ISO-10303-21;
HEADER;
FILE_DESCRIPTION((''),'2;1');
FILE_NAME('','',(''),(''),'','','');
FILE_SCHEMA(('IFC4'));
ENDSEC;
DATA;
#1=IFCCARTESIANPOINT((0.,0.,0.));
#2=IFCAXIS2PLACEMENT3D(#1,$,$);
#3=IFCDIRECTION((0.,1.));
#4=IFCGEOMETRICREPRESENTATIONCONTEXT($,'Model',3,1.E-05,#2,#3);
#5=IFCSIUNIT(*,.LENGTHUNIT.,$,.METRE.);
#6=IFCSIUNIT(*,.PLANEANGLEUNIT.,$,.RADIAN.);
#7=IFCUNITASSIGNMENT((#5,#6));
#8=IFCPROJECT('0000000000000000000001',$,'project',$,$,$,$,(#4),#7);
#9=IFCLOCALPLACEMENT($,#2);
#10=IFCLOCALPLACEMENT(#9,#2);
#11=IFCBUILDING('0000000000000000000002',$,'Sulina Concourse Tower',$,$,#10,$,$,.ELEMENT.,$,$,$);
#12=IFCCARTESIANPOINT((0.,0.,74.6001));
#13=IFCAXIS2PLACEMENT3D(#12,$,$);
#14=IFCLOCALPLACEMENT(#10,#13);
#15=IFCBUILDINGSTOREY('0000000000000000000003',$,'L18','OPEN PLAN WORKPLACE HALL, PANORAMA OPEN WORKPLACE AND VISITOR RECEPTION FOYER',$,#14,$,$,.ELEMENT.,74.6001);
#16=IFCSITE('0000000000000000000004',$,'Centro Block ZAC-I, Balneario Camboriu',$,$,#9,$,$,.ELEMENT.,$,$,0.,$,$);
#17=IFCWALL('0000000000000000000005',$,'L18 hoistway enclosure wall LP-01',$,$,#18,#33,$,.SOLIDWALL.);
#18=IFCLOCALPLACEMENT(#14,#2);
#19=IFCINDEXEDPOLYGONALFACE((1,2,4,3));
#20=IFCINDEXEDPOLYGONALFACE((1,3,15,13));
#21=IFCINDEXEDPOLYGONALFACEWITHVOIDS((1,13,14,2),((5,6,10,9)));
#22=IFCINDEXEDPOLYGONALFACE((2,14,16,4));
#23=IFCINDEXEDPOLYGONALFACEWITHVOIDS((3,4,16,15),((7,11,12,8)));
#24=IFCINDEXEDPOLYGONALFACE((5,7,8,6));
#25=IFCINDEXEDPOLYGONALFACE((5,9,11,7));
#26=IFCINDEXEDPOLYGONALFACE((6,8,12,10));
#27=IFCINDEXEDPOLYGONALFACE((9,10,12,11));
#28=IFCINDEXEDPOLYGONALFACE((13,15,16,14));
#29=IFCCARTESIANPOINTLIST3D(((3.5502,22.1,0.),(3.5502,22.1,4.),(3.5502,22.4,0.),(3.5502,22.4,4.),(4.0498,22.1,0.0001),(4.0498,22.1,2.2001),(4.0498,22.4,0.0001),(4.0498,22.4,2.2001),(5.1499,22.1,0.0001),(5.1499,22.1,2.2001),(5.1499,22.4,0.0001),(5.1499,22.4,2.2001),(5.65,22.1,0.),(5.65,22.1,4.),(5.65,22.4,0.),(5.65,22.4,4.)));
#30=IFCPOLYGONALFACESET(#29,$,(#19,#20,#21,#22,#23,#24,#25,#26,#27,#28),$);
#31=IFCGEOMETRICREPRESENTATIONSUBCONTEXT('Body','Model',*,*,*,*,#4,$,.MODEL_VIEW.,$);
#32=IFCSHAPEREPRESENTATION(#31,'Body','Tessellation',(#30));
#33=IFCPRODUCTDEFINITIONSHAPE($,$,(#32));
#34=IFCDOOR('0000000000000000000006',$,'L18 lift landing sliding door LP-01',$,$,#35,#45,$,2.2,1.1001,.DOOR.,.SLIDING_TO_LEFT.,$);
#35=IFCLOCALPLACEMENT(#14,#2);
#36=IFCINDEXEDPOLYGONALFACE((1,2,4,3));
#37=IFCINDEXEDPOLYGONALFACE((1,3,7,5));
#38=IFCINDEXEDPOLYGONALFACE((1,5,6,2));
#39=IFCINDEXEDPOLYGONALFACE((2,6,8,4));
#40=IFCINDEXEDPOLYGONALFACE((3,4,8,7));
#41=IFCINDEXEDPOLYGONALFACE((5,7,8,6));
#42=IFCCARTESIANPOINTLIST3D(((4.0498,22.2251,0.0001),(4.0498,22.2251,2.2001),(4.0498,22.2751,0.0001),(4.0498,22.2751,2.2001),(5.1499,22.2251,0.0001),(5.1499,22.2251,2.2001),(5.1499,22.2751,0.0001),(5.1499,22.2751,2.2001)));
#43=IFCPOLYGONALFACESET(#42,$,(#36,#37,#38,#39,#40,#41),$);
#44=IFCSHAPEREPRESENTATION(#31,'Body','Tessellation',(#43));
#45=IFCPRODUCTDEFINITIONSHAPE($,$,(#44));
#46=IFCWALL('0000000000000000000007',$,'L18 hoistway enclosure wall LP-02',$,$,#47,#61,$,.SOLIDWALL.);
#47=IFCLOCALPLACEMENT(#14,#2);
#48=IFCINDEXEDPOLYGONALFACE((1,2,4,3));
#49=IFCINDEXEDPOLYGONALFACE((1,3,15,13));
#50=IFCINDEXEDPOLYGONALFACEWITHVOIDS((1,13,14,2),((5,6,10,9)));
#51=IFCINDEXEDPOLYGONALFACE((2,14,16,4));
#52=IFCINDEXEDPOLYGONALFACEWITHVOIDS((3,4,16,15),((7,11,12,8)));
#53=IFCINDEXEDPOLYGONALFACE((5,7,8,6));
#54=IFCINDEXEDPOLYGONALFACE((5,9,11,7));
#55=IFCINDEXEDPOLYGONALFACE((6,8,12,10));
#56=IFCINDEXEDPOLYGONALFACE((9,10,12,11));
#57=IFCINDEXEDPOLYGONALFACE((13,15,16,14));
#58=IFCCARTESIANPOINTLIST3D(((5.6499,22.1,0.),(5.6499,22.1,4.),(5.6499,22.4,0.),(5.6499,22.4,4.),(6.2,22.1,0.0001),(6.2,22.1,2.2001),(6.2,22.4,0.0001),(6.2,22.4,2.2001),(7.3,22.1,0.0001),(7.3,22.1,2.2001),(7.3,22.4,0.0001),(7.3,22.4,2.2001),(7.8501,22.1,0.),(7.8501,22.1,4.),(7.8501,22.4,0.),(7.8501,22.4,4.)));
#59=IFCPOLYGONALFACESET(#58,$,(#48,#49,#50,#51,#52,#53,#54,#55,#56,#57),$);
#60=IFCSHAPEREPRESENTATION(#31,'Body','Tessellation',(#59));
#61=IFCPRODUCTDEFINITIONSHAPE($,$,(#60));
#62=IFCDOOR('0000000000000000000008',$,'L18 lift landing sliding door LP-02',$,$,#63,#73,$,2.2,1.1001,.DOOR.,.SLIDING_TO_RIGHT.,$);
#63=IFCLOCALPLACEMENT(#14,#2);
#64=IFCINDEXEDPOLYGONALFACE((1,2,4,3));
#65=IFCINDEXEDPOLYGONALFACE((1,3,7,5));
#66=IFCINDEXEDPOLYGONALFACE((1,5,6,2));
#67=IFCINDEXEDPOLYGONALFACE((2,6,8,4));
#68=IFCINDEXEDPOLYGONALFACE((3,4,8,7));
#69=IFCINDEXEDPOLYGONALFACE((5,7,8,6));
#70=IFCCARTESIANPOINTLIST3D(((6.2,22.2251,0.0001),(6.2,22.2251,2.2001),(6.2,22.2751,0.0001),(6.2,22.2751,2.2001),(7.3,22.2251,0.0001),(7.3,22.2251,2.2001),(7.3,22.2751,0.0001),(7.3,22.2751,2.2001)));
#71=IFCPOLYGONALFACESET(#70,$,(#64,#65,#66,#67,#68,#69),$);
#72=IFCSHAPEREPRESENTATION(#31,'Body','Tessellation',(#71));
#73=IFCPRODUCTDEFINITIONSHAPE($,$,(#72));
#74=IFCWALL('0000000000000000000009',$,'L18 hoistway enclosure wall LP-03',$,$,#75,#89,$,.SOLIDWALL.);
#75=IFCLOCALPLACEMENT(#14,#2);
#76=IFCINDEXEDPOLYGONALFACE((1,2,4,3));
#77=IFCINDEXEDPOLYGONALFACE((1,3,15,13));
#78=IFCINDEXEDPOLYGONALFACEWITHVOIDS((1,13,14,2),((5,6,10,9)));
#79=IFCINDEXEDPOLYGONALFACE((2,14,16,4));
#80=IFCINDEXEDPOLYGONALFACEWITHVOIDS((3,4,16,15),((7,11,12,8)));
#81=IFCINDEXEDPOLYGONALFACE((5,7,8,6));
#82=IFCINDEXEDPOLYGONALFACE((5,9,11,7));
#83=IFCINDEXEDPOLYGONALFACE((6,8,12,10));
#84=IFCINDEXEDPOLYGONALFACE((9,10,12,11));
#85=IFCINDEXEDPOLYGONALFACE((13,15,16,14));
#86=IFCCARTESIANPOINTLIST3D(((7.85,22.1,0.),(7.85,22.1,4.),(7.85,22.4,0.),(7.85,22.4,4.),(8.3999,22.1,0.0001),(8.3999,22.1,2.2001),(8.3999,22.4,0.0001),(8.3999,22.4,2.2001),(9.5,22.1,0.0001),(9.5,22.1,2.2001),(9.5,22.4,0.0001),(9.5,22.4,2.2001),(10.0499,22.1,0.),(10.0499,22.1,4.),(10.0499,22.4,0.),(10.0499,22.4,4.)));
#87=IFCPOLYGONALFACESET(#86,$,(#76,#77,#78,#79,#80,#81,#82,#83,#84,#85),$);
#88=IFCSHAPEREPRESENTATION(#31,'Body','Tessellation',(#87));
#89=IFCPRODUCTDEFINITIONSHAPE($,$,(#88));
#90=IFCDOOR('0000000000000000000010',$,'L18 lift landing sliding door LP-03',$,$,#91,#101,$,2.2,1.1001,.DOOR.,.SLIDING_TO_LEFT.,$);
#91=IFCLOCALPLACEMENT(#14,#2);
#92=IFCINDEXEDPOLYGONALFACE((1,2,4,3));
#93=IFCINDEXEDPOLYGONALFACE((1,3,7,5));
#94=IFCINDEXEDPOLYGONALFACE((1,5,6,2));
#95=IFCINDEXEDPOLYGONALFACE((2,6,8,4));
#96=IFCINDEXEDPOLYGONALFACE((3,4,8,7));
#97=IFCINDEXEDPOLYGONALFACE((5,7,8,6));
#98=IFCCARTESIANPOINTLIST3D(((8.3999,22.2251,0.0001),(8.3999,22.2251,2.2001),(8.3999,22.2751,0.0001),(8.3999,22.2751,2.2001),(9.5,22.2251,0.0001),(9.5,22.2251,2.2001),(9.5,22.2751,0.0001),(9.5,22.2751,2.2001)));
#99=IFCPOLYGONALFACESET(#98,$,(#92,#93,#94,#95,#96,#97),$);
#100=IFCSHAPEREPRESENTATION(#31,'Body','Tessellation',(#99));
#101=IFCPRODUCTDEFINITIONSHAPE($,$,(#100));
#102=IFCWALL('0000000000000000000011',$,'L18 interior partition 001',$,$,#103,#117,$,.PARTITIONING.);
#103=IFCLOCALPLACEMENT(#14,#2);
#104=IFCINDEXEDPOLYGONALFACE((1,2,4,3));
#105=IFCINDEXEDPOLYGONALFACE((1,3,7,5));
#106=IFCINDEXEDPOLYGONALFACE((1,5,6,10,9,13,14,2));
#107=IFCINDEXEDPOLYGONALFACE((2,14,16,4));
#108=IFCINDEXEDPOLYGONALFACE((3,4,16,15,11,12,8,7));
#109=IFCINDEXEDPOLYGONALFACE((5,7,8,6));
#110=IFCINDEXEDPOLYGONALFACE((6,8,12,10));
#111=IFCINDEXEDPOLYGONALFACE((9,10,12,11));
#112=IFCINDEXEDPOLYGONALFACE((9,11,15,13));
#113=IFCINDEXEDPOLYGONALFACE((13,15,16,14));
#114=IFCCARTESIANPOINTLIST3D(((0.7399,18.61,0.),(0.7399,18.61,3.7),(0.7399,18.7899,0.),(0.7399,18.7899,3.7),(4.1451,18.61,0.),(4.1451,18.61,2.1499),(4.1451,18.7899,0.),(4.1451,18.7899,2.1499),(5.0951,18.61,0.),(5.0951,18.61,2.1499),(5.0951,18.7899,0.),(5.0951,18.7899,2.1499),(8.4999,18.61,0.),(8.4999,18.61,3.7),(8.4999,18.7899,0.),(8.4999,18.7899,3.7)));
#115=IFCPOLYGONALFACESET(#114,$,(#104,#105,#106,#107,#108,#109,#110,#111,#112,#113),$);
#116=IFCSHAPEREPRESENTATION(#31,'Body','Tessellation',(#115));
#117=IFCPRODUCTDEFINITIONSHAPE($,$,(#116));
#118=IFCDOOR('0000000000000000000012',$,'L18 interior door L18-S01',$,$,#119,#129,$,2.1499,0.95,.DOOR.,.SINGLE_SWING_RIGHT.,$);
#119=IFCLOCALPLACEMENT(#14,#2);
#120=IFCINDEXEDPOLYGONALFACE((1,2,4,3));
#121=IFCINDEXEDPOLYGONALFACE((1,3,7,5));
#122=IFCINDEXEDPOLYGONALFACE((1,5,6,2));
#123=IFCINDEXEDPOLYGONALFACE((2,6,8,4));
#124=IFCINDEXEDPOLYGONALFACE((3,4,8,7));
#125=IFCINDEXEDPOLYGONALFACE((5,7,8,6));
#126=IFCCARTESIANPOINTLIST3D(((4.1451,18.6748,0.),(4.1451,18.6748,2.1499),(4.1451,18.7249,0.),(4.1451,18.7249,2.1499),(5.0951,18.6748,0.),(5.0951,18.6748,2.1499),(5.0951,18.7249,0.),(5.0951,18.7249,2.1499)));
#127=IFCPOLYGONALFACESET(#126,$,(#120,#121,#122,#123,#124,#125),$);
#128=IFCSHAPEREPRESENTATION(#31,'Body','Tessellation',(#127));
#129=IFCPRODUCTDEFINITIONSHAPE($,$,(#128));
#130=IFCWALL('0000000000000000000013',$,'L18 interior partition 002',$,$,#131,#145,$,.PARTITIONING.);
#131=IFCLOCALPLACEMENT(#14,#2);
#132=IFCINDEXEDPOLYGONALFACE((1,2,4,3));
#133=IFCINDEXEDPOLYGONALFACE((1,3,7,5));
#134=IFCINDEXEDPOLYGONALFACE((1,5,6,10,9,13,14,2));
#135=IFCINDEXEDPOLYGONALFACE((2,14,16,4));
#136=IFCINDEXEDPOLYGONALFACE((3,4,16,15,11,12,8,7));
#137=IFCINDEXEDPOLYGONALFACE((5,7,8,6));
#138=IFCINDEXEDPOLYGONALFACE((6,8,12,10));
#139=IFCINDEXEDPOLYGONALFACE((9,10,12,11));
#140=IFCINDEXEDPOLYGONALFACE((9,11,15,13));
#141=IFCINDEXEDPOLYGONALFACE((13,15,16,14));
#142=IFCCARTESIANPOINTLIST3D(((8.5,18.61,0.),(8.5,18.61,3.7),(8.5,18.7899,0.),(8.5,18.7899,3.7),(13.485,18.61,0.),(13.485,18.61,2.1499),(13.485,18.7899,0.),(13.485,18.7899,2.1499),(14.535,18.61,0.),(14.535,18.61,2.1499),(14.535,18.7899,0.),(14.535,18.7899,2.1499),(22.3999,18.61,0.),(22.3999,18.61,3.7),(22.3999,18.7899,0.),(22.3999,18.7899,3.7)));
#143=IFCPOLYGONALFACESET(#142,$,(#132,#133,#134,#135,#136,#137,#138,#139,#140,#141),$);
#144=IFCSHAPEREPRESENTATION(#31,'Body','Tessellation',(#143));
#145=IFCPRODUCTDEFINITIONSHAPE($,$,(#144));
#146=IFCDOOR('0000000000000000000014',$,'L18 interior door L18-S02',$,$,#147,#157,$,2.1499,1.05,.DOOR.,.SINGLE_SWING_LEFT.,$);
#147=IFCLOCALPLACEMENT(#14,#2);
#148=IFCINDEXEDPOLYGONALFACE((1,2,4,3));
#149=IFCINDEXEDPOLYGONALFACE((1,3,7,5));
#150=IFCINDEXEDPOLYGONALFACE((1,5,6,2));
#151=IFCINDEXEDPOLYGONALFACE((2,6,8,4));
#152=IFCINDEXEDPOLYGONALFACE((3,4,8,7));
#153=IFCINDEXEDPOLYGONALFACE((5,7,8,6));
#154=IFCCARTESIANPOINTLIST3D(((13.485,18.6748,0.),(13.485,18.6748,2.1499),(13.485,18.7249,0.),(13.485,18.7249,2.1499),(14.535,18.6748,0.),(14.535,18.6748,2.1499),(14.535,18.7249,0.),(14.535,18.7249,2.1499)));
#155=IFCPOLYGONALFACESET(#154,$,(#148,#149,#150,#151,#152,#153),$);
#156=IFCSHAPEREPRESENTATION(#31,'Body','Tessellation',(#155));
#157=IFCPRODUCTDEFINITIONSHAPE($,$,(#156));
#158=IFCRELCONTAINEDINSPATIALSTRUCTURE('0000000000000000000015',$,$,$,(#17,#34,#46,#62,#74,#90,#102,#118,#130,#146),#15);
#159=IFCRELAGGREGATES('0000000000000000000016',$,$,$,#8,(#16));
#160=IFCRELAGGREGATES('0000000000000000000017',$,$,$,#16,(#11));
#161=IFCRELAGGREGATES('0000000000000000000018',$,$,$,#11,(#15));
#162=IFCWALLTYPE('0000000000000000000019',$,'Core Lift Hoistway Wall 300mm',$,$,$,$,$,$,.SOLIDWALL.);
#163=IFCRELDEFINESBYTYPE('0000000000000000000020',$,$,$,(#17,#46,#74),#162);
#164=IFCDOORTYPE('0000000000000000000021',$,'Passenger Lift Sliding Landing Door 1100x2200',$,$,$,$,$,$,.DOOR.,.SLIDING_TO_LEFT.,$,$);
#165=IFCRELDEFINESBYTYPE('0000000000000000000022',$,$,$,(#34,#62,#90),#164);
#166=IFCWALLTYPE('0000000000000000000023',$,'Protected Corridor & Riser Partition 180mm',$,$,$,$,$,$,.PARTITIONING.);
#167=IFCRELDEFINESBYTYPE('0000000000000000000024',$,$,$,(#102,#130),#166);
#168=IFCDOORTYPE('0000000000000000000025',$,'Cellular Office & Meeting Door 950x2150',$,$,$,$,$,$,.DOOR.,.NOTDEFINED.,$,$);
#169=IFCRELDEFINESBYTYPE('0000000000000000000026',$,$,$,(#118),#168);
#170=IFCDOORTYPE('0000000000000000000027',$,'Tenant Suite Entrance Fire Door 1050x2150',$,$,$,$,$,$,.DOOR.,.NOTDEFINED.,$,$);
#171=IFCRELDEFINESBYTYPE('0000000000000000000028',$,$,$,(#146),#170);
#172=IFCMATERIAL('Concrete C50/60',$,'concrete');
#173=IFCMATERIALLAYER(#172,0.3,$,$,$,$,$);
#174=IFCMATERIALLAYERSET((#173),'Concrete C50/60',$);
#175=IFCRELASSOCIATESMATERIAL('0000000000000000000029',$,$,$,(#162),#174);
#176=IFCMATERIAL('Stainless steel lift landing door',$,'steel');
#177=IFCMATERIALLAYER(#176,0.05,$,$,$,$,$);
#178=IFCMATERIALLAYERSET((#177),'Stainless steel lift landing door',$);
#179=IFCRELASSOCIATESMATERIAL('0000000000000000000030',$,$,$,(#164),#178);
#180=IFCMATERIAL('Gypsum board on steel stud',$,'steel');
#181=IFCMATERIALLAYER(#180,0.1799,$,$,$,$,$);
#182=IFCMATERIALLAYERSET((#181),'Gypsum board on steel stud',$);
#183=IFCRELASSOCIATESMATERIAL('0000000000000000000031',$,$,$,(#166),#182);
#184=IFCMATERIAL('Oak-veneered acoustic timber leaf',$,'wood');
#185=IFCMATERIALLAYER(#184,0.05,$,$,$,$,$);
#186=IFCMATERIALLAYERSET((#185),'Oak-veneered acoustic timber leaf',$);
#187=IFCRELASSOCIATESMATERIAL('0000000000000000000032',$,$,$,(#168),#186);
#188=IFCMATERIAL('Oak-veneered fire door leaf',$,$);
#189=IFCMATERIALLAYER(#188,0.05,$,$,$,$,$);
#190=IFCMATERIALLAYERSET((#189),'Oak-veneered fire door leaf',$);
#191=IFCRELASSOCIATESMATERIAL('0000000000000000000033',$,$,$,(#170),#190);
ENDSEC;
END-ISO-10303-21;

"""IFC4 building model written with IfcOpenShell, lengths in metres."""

from ifc_helpers import new_model, si_unit, direction, frame, frame_2d, origin, place, context, subcontext, project, spatial, rectangle, extrude, material, layer, layer_set, type_object, element, fill, save


model = new_model("IFC4")

# Units and contexts
model_context = context("Model", 3, precision=1e-05, world=origin(), true_north=direction((0.0, 1.0)))
body_context = subcontext(model_context, "Body", "Model", "MODEL_VIEW")
ifc_project = project(units=[si_unit("LENGTHUNIT", "METRE"), si_unit("PLANEANGLEUNIT", "RADIAN")], contexts=[model_context])

# Site, building, storey
site_placement = place(None, origin())
site = spatial("IfcSite", under=ifc_project, at=site_placement, Name="Centro Block ZAC-I, Balneario Camboriu", CompositionType="ELEMENT", RefElevation=0.0)
building_placement = place(site_placement, origin())
building = spatial("IfcBuilding", under=site, at=building_placement, Name="Sulina Concourse Tower", CompositionType="ELEMENT")
storey_placement = place(building_placement, frame((0.0, 0.0, 74.6001)))
storey = spatial("IfcBuildingStorey", under=building, at=storey_placement, Name="L18", Description="OPEN PLAN WORKPLACE HALL, PANORAMA OPEN WORKPLACE AND VISITOR RECEPTION FOYER", CompositionType="ELEMENT", Elevation=74.6001)

# Walls, openings, doors
ifc_material_1 = material(Name="Concrete C50/60", Category="concrete")
ifc_layer_1 = layer(ifc_material_1, 0.3)
ifc_layer_set_1 = layer_set([ifc_layer_1], Name="Concrete C50/60")
wall_type_1 = type_object("IfcWallType", Name="Core Lift Hoistway Wall 300mm", PredefinedType="SOLIDWALL", material=ifc_layer_set_1)
wall_1_placement = place(storey_placement, frame((5.6499, 22.25, 0.0), z_axis=(0.0, 0.0, 1.0), x_axis=(-1.0, 0.0, 0.0)))
wall_1 = element("IfcWall", 1, at=wall_1_placement, inside=storey, type_object=wall_type_1, Name="L18 hoistway enclosure wall LP-01", PredefinedType="SOLIDWALL", context=body_context, shape_type="SweptSolid", body=[
    extrude(rectangle(XDim=2.0999, YDim=0.3, at=frame_2d((1.0498, 0.0))), origin(), (0.0, 0.0, 1.0), 4.0),
])
opening_1_placement = place(wall_1_placement, frame((0.5, 0.0, 0.0)))
opening_1 = element("IfcOpeningElement", 2, at=opening_1_placement, cuts=wall_1, PredefinedType="OPENING", context=body_context, shape_type="SweptSolid", body=[
    extrude(rectangle(XDim=1.1001, YDim=2.2, at=frame_2d((0.55, 1.1001))), frame((0.0, 0.1599, 0.0), z_axis=(0.0, -1.0, 0.0), x_axis=(1.0, 0.0, 0.0)), (0.0, 0.0, 1.0), 0.3201),
])
ifc_material_2 = material(Name="Stainless steel lift landing door", Category="steel")
ifc_layer_2 = layer(ifc_material_2, 0.05)
ifc_layer_set_2 = layer_set([ifc_layer_2], Name="Stainless steel lift landing door")
door_type_1 = type_object("IfcDoorType", Name="Passenger Lift Sliding Landing Door 1100x2200", OperationType="SLIDING_TO_LEFT", PredefinedType="DOOR", material=ifc_layer_set_2)
door_1_placement = place(opening_1_placement, origin())
door_1 = element("IfcDoor", 3, at=door_1_placement, inside=storey, type_object=door_type_1, Name="L18 lift landing sliding door LP-01", OperationType="SLIDING_TO_LEFT", OverallHeight=2.2, OverallWidth=1.1001, PredefinedType="DOOR", context=body_context, shape_type="SweptSolid", body=[
    extrude(rectangle(XDim=1.1001, YDim=2.2, at=frame_2d((0.55, 1.1001))), frame((0.0, 0.0249, 0.0), z_axis=(0.0, -1.0, 0.0), x_axis=(1.0, 0.0, 0.0)), (0.0, 0.0, 1.0), 0.05),
])
fill(opening_1, door_1)
wall_2_placement = place(storey_placement, frame((7.8501, 22.25, 0.0), z_axis=(0.0, 0.0, 1.0), x_axis=(-1.0, 0.0, 0.0)))
wall_2 = element("IfcWall", 4, at=wall_2_placement, inside=storey, type_object=wall_type_1, Name="L18 hoistway enclosure wall LP-02", PredefinedType="SOLIDWALL", context=body_context, shape_type="SweptSolid", body=[
    extrude(rectangle(XDim=2.2002, YDim=0.3, at=frame_2d((1.1001, 0.0))), origin(), (0.0, 0.0, 1.0), 4.0),
])
opening_2_placement = place(wall_2_placement, frame((0.55, 0.0, 0.0)))
opening_2 = element("IfcOpeningElement", 5, at=opening_2_placement, cuts=wall_2, PredefinedType="OPENING", context=body_context, shape_type="SweptSolid", body=[
    extrude(rectangle(XDim=1.1001, YDim=2.2, at=frame_2d((0.55, 1.1001))), frame((0.0, 0.1599, 0.0), z_axis=(0.0, -1.0, 0.0), x_axis=(1.0, 0.0, 0.0)), (0.0, 0.0, 1.0), 0.3201),
])
door_2_placement = place(opening_2_placement, origin())
door_2 = element("IfcDoor", 6, at=door_2_placement, inside=storey, type_object=door_type_1, Name="L18 lift landing sliding door LP-02", OperationType="SLIDING_TO_RIGHT", OverallHeight=2.2, OverallWidth=1.1001, PredefinedType="DOOR", context=body_context, shape_type="SweptSolid", body=[
    extrude(rectangle(XDim=1.1001, YDim=2.2, at=frame_2d((0.55, 1.1001))), frame((0.0, 0.0249, 0.0), z_axis=(0.0, -1.0, 0.0), x_axis=(1.0, 0.0, 0.0)), (0.0, 0.0, 1.0), 0.05),
])
fill(opening_2, door_2)
wall_3_placement = place(storey_placement, frame((10.05, 22.25, 0.0), z_axis=(0.0, 0.0, 1.0), x_axis=(-1.0, 0.0, 0.0)))
wall_3 = element("IfcWall", 7, at=wall_3_placement, inside=storey, type_object=wall_type_1, Name="L18 hoistway enclosure wall LP-03", PredefinedType="SOLIDWALL", context=body_context, shape_type="SweptSolid", body=[
    extrude(rectangle(XDim=2.2, YDim=0.3, at=frame_2d((1.1001, 0.0))), origin(), (0.0, 0.0, 1.0), 4.0),
])
opening_3_placement = place(wall_3_placement, frame((0.55, 0.0, 0.0)))
opening_3 = element("IfcOpeningElement", 8, at=opening_3_placement, cuts=wall_3, PredefinedType="OPENING", context=body_context, shape_type="SweptSolid", body=[
    extrude(rectangle(XDim=1.1001, YDim=2.2, at=frame_2d((0.55, 1.1001))), frame((0.0, 0.1599, 0.0), z_axis=(0.0, -1.0, 0.0), x_axis=(1.0, 0.0, 0.0)), (0.0, 0.0, 1.0), 0.3201),
])
door_3_placement = place(opening_3_placement, origin())
door_3 = element("IfcDoor", 9, at=door_3_placement, inside=storey, type_object=door_type_1, Name="L18 lift landing sliding door LP-03", OperationType="SLIDING_TO_LEFT", OverallHeight=2.2, OverallWidth=1.1001, PredefinedType="DOOR", context=body_context, shape_type="SweptSolid", body=[
    extrude(rectangle(XDim=1.1001, YDim=2.2, at=frame_2d((0.55, 1.1001))), frame((0.0, 0.0249, 0.0), z_axis=(0.0, -1.0, 0.0), x_axis=(1.0, 0.0, 0.0)), (0.0, 0.0, 1.0), 0.05),
])
fill(opening_3, door_3)
ifc_material_3 = material(Name="Gypsum board on steel stud", Category="steel")
ifc_layer_3 = layer(ifc_material_3, 0.1799)
ifc_layer_set_3 = layer_set([ifc_layer_3], Name="Gypsum board on steel stud")
wall_type_2 = type_object("IfcWallType", Name="Protected Corridor & Riser Partition 180mm", PredefinedType="PARTITIONING", material=ifc_layer_set_3)
wall_4_placement = place(storey_placement, frame((0.74, 18.7, 0.0), z_axis=(0.0, 0.0, 1.0), x_axis=(1.0, 0.0, 0.0)))
wall_4 = element("IfcWall", 10, at=wall_4_placement, inside=storey, type_object=wall_type_2, Name="L18 interior partition 001", PredefinedType="PARTITIONING", context=body_context, shape_type="SweptSolid", body=[
    extrude(rectangle(XDim=7.76, YDim=0.1799, at=frame_2d((3.8799, 0.0))), origin(), (0.0, 0.0, 1.0), 3.7),
])
opening_4_placement = place(wall_4_placement, frame((3.405, 0.0, 0.0)))
opening_4 = element("IfcOpeningElement", 11, at=opening_4_placement, cuts=wall_4, PredefinedType="OPENING", context=body_context, shape_type="SweptSolid", body=[
    extrude(rectangle(XDim=0.95, YDim=2.1499, at=frame_2d((0.4751, 1.075))), frame((0.0, 0.0999, 0.0), z_axis=(0.0, -1.0, 0.0), x_axis=(1.0, 0.0, 0.0)), (0.0, 0.0, 1.0), 0.2),
])
ifc_material_4 = material(Name="Oak-veneered acoustic timber leaf", Category="wood")
ifc_layer_4 = layer(ifc_material_4, 0.05)
ifc_layer_set_4 = layer_set([ifc_layer_4], Name="Oak-veneered acoustic timber leaf")
door_type_2 = type_object("IfcDoorType", Name="Cellular Office & Meeting Door 950x2150", OperationType="NOTDEFINED", PredefinedType="DOOR", material=ifc_layer_set_4)
door_4_placement = place(opening_4_placement, origin())
door_4 = element("IfcDoor", 12, at=door_4_placement, inside=storey, type_object=door_type_2, Name="L18 interior door L18-S01", OperationType="SINGLE_SWING_RIGHT", OverallHeight=2.1499, OverallWidth=0.95, PredefinedType="DOOR", context=body_context, shape_type="SweptSolid", body=[
    extrude(rectangle(XDim=0.95, YDim=2.1499, at=frame_2d((0.4751, 1.075))), frame((0.0, 0.0249, 0.0), z_axis=(0.0, -1.0, 0.0), x_axis=(1.0, 0.0, 0.0)), (0.0, 0.0, 1.0), 0.05),
])
fill(opening_4, door_4)
wall_5_placement = place(storey_placement, frame((8.5, 18.7, 0.0), z_axis=(0.0, 0.0, 1.0), x_axis=(1.0, 0.0, 0.0)))
wall_5 = element("IfcWall", 13, at=wall_5_placement, inside=storey, type_object=wall_type_2, Name="L18 interior partition 002", PredefinedType="PARTITIONING", context=body_context, shape_type="SweptSolid", body=[
    extrude(rectangle(XDim=13.8999, YDim=0.1799, at=frame_2d((6.95, 0.0))), origin(), (0.0, 0.0, 1.0), 3.7),
])
opening_5_placement = place(wall_5_placement, frame((4.9851, 0.0, 0.0)))
opening_5 = element("IfcOpeningElement", 14, at=opening_5_placement, cuts=wall_5, PredefinedType="OPENING", context=body_context, shape_type="SweptSolid", body=[
    extrude(rectangle(XDim=1.05, YDim=2.1499, at=frame_2d((0.5249, 1.075))), frame((0.0, 0.0999, 0.0), z_axis=(0.0, -1.0, 0.0), x_axis=(1.0, 0.0, 0.0)), (0.0, 0.0, 1.0), 0.2),
])
ifc_material_5 = material(Name="Oak-veneered fire door leaf")
ifc_layer_5 = layer(ifc_material_5, 0.05)
ifc_layer_set_5 = layer_set([ifc_layer_5], Name="Oak-veneered fire door leaf")
door_type_3 = type_object("IfcDoorType", Name="Tenant Suite Entrance Fire Door 1050x2150", OperationType="NOTDEFINED", PredefinedType="DOOR", material=ifc_layer_set_5)
door_5_placement = place(opening_5_placement, origin())
door_5 = element("IfcDoor", 15, at=door_5_placement, inside=storey, type_object=door_type_3, Name="L18 interior door L18-S02", OperationType="SINGLE_SWING_LEFT", OverallHeight=2.1499, OverallWidth=1.05, PredefinedType="DOOR", context=body_context, shape_type="SweptSolid", body=[
    extrude(rectangle(XDim=1.05, YDim=2.1499, at=frame_2d((0.5249, 1.075))), frame((0.0, 0.0249, 0.0), z_axis=(0.0, -1.0, 0.0), x_axis=(1.0, 0.0, 0.0)), (0.0, 0.0, 1.0), 0.05),
])
fill(opening_5, door_5)

save(model, "model.ifc")
